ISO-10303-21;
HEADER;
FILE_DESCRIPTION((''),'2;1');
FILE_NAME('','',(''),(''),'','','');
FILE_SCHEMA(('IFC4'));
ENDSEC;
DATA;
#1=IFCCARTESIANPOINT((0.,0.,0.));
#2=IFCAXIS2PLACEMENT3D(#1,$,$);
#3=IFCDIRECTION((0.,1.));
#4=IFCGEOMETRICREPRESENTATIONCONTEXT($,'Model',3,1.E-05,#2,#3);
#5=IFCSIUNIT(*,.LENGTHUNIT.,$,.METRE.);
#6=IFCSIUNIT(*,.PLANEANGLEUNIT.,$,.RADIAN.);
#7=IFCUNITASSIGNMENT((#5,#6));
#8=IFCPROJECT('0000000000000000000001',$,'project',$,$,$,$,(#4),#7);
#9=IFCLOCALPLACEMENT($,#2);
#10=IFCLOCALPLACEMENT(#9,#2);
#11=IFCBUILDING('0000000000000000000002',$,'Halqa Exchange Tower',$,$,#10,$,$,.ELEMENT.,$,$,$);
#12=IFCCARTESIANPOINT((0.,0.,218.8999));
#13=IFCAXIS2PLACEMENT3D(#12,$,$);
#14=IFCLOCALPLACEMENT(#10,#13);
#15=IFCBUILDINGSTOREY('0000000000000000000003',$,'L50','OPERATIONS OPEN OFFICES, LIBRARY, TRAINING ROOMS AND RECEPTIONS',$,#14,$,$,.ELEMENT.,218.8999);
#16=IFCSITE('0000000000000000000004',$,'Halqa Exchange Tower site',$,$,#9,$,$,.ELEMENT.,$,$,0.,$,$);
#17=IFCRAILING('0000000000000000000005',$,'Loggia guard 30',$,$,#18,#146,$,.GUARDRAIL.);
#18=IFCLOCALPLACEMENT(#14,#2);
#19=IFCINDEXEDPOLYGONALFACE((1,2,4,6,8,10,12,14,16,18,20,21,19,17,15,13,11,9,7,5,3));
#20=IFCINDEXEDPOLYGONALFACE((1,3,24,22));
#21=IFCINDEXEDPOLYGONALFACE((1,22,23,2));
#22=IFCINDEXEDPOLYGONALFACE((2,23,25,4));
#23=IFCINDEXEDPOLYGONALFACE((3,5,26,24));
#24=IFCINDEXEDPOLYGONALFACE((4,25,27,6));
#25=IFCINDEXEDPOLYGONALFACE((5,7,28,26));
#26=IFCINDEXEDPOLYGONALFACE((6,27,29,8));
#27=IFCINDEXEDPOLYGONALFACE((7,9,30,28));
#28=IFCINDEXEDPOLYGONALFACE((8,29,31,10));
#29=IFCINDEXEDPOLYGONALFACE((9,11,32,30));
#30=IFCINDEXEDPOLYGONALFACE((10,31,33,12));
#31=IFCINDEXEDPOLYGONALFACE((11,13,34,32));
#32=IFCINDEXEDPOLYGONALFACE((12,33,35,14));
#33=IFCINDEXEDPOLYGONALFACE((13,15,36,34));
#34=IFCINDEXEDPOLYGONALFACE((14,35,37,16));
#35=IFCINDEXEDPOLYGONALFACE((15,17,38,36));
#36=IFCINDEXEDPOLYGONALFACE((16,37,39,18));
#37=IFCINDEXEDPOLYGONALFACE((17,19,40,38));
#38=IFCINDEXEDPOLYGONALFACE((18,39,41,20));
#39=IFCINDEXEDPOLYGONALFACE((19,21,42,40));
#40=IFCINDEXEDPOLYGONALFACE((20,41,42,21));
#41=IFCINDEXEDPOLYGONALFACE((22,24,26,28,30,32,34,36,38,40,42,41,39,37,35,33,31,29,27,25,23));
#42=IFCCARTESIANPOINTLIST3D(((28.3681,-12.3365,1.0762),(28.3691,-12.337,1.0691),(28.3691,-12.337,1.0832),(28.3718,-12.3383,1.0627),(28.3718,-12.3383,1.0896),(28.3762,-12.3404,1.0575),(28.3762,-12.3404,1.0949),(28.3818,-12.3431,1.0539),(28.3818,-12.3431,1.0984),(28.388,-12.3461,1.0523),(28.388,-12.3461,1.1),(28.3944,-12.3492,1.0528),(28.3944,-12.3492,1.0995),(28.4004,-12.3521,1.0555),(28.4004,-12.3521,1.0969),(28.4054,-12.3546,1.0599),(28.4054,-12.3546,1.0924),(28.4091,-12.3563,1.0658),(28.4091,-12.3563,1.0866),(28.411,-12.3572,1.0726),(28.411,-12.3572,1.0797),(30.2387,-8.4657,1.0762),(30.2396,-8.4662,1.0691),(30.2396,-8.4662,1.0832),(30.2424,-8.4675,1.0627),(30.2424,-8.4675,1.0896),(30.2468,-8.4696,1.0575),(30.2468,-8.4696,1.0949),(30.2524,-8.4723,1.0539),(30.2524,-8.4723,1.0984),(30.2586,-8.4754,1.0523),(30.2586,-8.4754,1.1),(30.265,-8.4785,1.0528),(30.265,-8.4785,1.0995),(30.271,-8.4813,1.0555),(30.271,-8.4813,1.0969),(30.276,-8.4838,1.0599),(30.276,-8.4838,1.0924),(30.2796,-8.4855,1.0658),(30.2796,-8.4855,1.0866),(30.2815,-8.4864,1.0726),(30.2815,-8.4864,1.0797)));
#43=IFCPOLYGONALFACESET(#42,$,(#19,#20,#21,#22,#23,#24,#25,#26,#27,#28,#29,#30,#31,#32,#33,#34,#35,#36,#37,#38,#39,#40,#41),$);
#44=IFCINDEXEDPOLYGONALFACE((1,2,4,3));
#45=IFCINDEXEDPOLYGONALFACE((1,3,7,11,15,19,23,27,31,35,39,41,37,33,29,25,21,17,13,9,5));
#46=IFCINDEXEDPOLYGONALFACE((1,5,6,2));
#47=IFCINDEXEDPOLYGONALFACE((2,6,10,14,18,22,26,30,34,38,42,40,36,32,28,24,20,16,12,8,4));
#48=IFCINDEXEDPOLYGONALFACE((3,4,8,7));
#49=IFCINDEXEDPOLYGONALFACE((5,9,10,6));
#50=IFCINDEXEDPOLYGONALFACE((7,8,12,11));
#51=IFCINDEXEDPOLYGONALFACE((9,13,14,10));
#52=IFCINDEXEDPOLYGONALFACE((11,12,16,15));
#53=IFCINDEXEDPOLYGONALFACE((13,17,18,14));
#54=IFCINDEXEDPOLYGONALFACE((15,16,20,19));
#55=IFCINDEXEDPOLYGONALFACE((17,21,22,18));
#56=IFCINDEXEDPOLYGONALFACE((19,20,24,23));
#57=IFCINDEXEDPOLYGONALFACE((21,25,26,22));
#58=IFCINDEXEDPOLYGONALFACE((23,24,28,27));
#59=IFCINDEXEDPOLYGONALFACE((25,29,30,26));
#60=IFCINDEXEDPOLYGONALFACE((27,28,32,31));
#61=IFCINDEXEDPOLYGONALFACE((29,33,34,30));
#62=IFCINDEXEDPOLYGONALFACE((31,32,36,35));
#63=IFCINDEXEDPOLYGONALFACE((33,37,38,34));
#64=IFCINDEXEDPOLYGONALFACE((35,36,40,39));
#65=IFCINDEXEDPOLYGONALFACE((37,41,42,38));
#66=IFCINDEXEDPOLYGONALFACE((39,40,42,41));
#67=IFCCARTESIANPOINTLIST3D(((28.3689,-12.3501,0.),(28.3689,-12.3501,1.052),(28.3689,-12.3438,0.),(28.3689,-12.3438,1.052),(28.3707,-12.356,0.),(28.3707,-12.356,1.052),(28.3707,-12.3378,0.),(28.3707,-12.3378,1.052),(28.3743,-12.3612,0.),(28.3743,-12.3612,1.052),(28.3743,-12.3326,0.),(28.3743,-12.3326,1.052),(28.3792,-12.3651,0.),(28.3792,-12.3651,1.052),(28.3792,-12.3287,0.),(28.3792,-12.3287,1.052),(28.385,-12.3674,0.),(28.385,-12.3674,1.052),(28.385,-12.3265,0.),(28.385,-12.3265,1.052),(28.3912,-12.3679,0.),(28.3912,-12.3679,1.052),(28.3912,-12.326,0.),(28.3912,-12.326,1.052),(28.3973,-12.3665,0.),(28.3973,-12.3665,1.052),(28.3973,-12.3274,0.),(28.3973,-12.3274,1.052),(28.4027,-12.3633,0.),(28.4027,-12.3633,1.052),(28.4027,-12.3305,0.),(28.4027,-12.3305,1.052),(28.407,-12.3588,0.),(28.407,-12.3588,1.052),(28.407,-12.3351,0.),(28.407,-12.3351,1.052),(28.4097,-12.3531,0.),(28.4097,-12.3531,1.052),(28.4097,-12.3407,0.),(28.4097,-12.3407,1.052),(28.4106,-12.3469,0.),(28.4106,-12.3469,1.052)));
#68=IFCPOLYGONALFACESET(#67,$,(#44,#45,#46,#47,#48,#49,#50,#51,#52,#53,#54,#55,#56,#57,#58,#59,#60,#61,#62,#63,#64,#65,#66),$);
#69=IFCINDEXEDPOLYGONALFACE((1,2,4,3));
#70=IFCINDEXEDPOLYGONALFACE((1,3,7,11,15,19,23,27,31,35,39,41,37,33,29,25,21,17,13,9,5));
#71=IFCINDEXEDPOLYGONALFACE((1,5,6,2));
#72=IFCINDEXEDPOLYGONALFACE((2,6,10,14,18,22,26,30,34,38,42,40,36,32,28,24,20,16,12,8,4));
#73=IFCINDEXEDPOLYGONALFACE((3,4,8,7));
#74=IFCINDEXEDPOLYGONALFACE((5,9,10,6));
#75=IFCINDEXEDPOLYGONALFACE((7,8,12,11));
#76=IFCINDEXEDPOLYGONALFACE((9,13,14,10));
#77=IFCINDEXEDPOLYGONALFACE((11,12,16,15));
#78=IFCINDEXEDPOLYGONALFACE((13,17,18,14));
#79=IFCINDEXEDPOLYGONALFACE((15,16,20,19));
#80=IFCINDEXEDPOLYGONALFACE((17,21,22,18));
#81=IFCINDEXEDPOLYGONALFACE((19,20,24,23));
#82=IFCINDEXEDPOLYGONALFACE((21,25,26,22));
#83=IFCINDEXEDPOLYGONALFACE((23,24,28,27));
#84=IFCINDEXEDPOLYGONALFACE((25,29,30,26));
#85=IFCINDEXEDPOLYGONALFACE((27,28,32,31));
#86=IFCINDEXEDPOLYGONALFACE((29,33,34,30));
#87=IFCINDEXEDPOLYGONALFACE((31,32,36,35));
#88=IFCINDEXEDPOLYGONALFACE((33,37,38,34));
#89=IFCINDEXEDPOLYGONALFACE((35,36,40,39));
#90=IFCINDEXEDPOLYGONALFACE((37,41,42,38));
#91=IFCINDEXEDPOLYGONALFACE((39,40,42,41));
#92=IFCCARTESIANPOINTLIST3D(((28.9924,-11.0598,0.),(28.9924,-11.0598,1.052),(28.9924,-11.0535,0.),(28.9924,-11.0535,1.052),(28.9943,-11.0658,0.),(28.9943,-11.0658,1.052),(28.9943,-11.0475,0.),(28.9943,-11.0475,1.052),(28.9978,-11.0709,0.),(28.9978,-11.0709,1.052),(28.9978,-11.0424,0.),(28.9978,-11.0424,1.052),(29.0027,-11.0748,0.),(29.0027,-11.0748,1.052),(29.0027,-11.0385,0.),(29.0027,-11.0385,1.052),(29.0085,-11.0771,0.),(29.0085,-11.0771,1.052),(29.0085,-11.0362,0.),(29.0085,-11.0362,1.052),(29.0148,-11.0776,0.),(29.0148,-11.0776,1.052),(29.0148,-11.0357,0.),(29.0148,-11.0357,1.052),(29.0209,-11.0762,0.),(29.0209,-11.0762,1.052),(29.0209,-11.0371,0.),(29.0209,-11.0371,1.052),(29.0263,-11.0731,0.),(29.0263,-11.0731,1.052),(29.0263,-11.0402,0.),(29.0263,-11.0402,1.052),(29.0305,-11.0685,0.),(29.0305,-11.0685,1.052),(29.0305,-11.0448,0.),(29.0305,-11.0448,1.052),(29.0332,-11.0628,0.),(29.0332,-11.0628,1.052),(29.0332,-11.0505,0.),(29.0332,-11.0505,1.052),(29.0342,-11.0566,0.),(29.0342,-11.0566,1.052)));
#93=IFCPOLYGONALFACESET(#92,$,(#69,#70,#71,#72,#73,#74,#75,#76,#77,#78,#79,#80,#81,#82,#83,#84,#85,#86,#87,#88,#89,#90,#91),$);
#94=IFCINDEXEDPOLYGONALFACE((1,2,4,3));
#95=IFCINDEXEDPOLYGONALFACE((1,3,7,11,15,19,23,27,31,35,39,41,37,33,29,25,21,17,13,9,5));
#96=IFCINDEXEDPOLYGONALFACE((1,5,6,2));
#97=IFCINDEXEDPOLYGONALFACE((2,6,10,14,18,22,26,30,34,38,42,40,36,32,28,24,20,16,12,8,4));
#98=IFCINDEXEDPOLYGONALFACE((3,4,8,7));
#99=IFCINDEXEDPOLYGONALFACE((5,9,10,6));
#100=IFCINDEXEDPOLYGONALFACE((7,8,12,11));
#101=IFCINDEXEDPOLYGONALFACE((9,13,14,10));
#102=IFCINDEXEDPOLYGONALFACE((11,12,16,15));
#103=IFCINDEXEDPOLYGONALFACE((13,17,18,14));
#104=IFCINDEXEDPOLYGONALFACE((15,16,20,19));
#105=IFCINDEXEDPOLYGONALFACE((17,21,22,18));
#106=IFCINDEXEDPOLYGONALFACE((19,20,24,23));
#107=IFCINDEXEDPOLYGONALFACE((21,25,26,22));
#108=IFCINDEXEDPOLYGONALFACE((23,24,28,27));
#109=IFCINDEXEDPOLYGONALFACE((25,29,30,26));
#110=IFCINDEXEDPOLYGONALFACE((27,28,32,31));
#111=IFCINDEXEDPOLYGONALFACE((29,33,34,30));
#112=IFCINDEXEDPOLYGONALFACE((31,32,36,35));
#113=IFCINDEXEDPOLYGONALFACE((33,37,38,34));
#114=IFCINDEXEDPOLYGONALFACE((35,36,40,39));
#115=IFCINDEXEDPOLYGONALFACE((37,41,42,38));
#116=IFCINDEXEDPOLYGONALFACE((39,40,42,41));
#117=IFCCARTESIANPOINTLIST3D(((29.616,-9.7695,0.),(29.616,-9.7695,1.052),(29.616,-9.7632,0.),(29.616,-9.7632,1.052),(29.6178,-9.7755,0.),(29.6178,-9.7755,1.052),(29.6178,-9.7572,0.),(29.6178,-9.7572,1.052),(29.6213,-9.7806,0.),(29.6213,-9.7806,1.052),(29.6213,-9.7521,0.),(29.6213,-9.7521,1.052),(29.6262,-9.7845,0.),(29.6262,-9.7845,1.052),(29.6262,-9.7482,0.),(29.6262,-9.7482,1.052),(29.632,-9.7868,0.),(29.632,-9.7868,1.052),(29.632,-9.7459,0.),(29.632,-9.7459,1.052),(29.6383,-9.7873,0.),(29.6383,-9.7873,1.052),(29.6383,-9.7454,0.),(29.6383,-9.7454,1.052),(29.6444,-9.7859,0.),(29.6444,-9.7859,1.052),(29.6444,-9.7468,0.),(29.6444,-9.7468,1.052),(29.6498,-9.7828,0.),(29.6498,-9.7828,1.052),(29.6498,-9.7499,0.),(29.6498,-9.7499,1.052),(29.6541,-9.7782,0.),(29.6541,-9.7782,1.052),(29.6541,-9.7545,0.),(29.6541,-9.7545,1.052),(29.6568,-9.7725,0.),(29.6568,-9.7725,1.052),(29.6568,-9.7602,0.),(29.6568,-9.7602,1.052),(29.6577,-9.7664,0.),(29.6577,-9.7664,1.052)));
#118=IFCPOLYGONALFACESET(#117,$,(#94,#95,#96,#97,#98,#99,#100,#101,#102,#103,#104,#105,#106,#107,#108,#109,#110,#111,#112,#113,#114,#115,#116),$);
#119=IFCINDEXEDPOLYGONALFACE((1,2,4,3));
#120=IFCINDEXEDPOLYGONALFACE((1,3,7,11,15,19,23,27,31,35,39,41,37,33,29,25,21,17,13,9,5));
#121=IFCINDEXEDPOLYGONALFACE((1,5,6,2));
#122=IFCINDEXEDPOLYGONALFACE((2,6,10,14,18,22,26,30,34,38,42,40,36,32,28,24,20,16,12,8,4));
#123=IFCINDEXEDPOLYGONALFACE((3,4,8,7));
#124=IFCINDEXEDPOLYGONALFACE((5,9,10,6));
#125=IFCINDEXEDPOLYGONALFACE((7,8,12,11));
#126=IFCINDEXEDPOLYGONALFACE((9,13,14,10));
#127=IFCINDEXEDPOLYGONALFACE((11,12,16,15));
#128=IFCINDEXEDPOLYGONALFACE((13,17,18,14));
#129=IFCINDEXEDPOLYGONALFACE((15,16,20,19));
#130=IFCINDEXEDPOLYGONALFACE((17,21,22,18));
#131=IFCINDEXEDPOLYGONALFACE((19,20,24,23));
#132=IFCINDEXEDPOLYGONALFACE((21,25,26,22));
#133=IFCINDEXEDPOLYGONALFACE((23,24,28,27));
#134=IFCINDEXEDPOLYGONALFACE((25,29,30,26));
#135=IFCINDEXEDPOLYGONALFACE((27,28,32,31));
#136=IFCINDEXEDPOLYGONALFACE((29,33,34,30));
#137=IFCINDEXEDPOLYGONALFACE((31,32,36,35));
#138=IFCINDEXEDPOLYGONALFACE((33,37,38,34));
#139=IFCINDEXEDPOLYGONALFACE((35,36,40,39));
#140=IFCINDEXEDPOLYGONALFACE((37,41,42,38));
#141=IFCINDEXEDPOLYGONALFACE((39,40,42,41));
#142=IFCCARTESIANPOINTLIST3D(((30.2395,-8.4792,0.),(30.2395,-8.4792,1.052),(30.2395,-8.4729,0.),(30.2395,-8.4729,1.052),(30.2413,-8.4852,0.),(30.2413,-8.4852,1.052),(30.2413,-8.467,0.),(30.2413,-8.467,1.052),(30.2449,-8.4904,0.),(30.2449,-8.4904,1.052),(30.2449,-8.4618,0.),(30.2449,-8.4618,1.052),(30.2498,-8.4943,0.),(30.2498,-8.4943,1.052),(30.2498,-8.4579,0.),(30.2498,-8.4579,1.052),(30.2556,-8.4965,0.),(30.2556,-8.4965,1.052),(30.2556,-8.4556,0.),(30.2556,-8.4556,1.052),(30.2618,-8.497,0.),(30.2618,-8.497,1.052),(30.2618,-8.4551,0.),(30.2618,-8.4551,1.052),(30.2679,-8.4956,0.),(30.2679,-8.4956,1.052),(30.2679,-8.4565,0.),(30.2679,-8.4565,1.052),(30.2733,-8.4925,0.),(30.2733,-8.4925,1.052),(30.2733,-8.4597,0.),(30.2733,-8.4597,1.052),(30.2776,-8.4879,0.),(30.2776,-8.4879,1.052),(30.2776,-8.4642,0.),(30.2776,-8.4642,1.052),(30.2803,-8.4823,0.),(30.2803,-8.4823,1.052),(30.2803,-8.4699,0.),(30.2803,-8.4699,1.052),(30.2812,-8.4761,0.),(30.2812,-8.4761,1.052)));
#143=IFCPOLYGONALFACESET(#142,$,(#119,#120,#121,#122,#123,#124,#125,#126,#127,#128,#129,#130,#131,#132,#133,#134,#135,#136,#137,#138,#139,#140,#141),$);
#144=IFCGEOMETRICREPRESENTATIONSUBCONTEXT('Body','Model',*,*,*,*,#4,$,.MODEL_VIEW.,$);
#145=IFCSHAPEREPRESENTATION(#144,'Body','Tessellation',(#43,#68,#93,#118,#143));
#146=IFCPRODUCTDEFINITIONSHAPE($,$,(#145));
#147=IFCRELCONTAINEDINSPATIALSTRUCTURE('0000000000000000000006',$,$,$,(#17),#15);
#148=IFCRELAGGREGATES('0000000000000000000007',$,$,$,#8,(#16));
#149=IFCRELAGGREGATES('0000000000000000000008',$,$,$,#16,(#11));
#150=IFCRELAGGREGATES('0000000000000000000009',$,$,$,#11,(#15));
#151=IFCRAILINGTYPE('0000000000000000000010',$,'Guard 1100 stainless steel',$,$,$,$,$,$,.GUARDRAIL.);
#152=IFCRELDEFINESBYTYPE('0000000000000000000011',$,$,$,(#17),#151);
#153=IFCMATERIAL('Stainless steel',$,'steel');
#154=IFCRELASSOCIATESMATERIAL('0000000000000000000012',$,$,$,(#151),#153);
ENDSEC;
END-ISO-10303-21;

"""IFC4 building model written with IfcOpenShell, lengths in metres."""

from ifc_helpers import new_model, si_unit, direction, frame, origin, origin_2d, place, context, subcontext, project, spatial, circle, extrude, material, type_object, element, save


model = new_model("IFC4")

# Units and contexts
model_context = context("Model", 3, precision=1e-05, world=origin(), true_north=direction((0.0, 1.0)))
body_context = subcontext(model_context, "Body", "Model", "MODEL_VIEW")
ifc_project = project(units=[si_unit("LENGTHUNIT", "METRE"), si_unit("PLANEANGLEUNIT", "RADIAN")], contexts=[model_context])

# Site, building, storey
site_placement = place(None, origin())
site = spatial("IfcSite", under=ifc_project, at=site_placement, Name="Halqa Exchange Tower site", CompositionType="ELEMENT", RefElevation=0.0)
building_placement = place(site_placement, origin())
building = spatial("IfcBuilding", under=site, at=building_placement, Name="Halqa Exchange Tower", CompositionType="ELEMENT")
storey_placement = place(building_placement, frame((0.0, 0.0, 218.8999)))
storey = spatial("IfcBuildingStorey", under=building, at=storey_placement, Name="L50", Description="OPERATIONS OPEN OFFICES, LIBRARY, TRAINING ROOMS AND RECEPTIONS", CompositionType="ELEMENT", Elevation=218.8999)

# Railing
ifc_material_1 = material(Name="Stainless steel", Category="steel")
railing_type = type_object("IfcRailingType", Name="Guard 1100 stainless steel", PredefinedType="GUARDRAIL", material=ifc_material_1)
railing_1_placement = place(storey_placement, frame((28.3896, -12.3469, 0.0)))
element("IfcRailing", 1, at=railing_1_placement, inside=storey, type_object=railing_type, Name="Loggia guard 30", PredefinedType="GUARDRAIL", context=body_context, shape_type="SweptSolid", body=[
    extrude(circle(Radius=0.0239, at=origin_2d()), frame((0.0, 0.0, 1.0762), z_axis=(0.435111, 0.900377, 0.0), x_axis=(-0.900377, 0.435111, 0.0)), (0.0, 0.0, 1.0), 4.2991),
    extrude(circle(Radius=0.021, at=origin_2d()), origin(), (0.0, 0.0, 1.0), 1.052),
    extrude(circle(Radius=0.021, at=origin_2d()), frame((0.6235, 1.2903, 0.0)), (0.0, 0.0, 1.0), 1.052),
    extrude(circle(Radius=0.021, at=origin_2d()), frame((1.2471, 2.5806, 0.0)), (0.0, 0.0, 1.0), 1.052),
    extrude(circle(Radius=0.021, at=origin_2d()), frame((1.8706, 3.8708, 0.0)), (0.0, 0.0, 1.0), 1.052),
])

save(model, "model.ifc")
